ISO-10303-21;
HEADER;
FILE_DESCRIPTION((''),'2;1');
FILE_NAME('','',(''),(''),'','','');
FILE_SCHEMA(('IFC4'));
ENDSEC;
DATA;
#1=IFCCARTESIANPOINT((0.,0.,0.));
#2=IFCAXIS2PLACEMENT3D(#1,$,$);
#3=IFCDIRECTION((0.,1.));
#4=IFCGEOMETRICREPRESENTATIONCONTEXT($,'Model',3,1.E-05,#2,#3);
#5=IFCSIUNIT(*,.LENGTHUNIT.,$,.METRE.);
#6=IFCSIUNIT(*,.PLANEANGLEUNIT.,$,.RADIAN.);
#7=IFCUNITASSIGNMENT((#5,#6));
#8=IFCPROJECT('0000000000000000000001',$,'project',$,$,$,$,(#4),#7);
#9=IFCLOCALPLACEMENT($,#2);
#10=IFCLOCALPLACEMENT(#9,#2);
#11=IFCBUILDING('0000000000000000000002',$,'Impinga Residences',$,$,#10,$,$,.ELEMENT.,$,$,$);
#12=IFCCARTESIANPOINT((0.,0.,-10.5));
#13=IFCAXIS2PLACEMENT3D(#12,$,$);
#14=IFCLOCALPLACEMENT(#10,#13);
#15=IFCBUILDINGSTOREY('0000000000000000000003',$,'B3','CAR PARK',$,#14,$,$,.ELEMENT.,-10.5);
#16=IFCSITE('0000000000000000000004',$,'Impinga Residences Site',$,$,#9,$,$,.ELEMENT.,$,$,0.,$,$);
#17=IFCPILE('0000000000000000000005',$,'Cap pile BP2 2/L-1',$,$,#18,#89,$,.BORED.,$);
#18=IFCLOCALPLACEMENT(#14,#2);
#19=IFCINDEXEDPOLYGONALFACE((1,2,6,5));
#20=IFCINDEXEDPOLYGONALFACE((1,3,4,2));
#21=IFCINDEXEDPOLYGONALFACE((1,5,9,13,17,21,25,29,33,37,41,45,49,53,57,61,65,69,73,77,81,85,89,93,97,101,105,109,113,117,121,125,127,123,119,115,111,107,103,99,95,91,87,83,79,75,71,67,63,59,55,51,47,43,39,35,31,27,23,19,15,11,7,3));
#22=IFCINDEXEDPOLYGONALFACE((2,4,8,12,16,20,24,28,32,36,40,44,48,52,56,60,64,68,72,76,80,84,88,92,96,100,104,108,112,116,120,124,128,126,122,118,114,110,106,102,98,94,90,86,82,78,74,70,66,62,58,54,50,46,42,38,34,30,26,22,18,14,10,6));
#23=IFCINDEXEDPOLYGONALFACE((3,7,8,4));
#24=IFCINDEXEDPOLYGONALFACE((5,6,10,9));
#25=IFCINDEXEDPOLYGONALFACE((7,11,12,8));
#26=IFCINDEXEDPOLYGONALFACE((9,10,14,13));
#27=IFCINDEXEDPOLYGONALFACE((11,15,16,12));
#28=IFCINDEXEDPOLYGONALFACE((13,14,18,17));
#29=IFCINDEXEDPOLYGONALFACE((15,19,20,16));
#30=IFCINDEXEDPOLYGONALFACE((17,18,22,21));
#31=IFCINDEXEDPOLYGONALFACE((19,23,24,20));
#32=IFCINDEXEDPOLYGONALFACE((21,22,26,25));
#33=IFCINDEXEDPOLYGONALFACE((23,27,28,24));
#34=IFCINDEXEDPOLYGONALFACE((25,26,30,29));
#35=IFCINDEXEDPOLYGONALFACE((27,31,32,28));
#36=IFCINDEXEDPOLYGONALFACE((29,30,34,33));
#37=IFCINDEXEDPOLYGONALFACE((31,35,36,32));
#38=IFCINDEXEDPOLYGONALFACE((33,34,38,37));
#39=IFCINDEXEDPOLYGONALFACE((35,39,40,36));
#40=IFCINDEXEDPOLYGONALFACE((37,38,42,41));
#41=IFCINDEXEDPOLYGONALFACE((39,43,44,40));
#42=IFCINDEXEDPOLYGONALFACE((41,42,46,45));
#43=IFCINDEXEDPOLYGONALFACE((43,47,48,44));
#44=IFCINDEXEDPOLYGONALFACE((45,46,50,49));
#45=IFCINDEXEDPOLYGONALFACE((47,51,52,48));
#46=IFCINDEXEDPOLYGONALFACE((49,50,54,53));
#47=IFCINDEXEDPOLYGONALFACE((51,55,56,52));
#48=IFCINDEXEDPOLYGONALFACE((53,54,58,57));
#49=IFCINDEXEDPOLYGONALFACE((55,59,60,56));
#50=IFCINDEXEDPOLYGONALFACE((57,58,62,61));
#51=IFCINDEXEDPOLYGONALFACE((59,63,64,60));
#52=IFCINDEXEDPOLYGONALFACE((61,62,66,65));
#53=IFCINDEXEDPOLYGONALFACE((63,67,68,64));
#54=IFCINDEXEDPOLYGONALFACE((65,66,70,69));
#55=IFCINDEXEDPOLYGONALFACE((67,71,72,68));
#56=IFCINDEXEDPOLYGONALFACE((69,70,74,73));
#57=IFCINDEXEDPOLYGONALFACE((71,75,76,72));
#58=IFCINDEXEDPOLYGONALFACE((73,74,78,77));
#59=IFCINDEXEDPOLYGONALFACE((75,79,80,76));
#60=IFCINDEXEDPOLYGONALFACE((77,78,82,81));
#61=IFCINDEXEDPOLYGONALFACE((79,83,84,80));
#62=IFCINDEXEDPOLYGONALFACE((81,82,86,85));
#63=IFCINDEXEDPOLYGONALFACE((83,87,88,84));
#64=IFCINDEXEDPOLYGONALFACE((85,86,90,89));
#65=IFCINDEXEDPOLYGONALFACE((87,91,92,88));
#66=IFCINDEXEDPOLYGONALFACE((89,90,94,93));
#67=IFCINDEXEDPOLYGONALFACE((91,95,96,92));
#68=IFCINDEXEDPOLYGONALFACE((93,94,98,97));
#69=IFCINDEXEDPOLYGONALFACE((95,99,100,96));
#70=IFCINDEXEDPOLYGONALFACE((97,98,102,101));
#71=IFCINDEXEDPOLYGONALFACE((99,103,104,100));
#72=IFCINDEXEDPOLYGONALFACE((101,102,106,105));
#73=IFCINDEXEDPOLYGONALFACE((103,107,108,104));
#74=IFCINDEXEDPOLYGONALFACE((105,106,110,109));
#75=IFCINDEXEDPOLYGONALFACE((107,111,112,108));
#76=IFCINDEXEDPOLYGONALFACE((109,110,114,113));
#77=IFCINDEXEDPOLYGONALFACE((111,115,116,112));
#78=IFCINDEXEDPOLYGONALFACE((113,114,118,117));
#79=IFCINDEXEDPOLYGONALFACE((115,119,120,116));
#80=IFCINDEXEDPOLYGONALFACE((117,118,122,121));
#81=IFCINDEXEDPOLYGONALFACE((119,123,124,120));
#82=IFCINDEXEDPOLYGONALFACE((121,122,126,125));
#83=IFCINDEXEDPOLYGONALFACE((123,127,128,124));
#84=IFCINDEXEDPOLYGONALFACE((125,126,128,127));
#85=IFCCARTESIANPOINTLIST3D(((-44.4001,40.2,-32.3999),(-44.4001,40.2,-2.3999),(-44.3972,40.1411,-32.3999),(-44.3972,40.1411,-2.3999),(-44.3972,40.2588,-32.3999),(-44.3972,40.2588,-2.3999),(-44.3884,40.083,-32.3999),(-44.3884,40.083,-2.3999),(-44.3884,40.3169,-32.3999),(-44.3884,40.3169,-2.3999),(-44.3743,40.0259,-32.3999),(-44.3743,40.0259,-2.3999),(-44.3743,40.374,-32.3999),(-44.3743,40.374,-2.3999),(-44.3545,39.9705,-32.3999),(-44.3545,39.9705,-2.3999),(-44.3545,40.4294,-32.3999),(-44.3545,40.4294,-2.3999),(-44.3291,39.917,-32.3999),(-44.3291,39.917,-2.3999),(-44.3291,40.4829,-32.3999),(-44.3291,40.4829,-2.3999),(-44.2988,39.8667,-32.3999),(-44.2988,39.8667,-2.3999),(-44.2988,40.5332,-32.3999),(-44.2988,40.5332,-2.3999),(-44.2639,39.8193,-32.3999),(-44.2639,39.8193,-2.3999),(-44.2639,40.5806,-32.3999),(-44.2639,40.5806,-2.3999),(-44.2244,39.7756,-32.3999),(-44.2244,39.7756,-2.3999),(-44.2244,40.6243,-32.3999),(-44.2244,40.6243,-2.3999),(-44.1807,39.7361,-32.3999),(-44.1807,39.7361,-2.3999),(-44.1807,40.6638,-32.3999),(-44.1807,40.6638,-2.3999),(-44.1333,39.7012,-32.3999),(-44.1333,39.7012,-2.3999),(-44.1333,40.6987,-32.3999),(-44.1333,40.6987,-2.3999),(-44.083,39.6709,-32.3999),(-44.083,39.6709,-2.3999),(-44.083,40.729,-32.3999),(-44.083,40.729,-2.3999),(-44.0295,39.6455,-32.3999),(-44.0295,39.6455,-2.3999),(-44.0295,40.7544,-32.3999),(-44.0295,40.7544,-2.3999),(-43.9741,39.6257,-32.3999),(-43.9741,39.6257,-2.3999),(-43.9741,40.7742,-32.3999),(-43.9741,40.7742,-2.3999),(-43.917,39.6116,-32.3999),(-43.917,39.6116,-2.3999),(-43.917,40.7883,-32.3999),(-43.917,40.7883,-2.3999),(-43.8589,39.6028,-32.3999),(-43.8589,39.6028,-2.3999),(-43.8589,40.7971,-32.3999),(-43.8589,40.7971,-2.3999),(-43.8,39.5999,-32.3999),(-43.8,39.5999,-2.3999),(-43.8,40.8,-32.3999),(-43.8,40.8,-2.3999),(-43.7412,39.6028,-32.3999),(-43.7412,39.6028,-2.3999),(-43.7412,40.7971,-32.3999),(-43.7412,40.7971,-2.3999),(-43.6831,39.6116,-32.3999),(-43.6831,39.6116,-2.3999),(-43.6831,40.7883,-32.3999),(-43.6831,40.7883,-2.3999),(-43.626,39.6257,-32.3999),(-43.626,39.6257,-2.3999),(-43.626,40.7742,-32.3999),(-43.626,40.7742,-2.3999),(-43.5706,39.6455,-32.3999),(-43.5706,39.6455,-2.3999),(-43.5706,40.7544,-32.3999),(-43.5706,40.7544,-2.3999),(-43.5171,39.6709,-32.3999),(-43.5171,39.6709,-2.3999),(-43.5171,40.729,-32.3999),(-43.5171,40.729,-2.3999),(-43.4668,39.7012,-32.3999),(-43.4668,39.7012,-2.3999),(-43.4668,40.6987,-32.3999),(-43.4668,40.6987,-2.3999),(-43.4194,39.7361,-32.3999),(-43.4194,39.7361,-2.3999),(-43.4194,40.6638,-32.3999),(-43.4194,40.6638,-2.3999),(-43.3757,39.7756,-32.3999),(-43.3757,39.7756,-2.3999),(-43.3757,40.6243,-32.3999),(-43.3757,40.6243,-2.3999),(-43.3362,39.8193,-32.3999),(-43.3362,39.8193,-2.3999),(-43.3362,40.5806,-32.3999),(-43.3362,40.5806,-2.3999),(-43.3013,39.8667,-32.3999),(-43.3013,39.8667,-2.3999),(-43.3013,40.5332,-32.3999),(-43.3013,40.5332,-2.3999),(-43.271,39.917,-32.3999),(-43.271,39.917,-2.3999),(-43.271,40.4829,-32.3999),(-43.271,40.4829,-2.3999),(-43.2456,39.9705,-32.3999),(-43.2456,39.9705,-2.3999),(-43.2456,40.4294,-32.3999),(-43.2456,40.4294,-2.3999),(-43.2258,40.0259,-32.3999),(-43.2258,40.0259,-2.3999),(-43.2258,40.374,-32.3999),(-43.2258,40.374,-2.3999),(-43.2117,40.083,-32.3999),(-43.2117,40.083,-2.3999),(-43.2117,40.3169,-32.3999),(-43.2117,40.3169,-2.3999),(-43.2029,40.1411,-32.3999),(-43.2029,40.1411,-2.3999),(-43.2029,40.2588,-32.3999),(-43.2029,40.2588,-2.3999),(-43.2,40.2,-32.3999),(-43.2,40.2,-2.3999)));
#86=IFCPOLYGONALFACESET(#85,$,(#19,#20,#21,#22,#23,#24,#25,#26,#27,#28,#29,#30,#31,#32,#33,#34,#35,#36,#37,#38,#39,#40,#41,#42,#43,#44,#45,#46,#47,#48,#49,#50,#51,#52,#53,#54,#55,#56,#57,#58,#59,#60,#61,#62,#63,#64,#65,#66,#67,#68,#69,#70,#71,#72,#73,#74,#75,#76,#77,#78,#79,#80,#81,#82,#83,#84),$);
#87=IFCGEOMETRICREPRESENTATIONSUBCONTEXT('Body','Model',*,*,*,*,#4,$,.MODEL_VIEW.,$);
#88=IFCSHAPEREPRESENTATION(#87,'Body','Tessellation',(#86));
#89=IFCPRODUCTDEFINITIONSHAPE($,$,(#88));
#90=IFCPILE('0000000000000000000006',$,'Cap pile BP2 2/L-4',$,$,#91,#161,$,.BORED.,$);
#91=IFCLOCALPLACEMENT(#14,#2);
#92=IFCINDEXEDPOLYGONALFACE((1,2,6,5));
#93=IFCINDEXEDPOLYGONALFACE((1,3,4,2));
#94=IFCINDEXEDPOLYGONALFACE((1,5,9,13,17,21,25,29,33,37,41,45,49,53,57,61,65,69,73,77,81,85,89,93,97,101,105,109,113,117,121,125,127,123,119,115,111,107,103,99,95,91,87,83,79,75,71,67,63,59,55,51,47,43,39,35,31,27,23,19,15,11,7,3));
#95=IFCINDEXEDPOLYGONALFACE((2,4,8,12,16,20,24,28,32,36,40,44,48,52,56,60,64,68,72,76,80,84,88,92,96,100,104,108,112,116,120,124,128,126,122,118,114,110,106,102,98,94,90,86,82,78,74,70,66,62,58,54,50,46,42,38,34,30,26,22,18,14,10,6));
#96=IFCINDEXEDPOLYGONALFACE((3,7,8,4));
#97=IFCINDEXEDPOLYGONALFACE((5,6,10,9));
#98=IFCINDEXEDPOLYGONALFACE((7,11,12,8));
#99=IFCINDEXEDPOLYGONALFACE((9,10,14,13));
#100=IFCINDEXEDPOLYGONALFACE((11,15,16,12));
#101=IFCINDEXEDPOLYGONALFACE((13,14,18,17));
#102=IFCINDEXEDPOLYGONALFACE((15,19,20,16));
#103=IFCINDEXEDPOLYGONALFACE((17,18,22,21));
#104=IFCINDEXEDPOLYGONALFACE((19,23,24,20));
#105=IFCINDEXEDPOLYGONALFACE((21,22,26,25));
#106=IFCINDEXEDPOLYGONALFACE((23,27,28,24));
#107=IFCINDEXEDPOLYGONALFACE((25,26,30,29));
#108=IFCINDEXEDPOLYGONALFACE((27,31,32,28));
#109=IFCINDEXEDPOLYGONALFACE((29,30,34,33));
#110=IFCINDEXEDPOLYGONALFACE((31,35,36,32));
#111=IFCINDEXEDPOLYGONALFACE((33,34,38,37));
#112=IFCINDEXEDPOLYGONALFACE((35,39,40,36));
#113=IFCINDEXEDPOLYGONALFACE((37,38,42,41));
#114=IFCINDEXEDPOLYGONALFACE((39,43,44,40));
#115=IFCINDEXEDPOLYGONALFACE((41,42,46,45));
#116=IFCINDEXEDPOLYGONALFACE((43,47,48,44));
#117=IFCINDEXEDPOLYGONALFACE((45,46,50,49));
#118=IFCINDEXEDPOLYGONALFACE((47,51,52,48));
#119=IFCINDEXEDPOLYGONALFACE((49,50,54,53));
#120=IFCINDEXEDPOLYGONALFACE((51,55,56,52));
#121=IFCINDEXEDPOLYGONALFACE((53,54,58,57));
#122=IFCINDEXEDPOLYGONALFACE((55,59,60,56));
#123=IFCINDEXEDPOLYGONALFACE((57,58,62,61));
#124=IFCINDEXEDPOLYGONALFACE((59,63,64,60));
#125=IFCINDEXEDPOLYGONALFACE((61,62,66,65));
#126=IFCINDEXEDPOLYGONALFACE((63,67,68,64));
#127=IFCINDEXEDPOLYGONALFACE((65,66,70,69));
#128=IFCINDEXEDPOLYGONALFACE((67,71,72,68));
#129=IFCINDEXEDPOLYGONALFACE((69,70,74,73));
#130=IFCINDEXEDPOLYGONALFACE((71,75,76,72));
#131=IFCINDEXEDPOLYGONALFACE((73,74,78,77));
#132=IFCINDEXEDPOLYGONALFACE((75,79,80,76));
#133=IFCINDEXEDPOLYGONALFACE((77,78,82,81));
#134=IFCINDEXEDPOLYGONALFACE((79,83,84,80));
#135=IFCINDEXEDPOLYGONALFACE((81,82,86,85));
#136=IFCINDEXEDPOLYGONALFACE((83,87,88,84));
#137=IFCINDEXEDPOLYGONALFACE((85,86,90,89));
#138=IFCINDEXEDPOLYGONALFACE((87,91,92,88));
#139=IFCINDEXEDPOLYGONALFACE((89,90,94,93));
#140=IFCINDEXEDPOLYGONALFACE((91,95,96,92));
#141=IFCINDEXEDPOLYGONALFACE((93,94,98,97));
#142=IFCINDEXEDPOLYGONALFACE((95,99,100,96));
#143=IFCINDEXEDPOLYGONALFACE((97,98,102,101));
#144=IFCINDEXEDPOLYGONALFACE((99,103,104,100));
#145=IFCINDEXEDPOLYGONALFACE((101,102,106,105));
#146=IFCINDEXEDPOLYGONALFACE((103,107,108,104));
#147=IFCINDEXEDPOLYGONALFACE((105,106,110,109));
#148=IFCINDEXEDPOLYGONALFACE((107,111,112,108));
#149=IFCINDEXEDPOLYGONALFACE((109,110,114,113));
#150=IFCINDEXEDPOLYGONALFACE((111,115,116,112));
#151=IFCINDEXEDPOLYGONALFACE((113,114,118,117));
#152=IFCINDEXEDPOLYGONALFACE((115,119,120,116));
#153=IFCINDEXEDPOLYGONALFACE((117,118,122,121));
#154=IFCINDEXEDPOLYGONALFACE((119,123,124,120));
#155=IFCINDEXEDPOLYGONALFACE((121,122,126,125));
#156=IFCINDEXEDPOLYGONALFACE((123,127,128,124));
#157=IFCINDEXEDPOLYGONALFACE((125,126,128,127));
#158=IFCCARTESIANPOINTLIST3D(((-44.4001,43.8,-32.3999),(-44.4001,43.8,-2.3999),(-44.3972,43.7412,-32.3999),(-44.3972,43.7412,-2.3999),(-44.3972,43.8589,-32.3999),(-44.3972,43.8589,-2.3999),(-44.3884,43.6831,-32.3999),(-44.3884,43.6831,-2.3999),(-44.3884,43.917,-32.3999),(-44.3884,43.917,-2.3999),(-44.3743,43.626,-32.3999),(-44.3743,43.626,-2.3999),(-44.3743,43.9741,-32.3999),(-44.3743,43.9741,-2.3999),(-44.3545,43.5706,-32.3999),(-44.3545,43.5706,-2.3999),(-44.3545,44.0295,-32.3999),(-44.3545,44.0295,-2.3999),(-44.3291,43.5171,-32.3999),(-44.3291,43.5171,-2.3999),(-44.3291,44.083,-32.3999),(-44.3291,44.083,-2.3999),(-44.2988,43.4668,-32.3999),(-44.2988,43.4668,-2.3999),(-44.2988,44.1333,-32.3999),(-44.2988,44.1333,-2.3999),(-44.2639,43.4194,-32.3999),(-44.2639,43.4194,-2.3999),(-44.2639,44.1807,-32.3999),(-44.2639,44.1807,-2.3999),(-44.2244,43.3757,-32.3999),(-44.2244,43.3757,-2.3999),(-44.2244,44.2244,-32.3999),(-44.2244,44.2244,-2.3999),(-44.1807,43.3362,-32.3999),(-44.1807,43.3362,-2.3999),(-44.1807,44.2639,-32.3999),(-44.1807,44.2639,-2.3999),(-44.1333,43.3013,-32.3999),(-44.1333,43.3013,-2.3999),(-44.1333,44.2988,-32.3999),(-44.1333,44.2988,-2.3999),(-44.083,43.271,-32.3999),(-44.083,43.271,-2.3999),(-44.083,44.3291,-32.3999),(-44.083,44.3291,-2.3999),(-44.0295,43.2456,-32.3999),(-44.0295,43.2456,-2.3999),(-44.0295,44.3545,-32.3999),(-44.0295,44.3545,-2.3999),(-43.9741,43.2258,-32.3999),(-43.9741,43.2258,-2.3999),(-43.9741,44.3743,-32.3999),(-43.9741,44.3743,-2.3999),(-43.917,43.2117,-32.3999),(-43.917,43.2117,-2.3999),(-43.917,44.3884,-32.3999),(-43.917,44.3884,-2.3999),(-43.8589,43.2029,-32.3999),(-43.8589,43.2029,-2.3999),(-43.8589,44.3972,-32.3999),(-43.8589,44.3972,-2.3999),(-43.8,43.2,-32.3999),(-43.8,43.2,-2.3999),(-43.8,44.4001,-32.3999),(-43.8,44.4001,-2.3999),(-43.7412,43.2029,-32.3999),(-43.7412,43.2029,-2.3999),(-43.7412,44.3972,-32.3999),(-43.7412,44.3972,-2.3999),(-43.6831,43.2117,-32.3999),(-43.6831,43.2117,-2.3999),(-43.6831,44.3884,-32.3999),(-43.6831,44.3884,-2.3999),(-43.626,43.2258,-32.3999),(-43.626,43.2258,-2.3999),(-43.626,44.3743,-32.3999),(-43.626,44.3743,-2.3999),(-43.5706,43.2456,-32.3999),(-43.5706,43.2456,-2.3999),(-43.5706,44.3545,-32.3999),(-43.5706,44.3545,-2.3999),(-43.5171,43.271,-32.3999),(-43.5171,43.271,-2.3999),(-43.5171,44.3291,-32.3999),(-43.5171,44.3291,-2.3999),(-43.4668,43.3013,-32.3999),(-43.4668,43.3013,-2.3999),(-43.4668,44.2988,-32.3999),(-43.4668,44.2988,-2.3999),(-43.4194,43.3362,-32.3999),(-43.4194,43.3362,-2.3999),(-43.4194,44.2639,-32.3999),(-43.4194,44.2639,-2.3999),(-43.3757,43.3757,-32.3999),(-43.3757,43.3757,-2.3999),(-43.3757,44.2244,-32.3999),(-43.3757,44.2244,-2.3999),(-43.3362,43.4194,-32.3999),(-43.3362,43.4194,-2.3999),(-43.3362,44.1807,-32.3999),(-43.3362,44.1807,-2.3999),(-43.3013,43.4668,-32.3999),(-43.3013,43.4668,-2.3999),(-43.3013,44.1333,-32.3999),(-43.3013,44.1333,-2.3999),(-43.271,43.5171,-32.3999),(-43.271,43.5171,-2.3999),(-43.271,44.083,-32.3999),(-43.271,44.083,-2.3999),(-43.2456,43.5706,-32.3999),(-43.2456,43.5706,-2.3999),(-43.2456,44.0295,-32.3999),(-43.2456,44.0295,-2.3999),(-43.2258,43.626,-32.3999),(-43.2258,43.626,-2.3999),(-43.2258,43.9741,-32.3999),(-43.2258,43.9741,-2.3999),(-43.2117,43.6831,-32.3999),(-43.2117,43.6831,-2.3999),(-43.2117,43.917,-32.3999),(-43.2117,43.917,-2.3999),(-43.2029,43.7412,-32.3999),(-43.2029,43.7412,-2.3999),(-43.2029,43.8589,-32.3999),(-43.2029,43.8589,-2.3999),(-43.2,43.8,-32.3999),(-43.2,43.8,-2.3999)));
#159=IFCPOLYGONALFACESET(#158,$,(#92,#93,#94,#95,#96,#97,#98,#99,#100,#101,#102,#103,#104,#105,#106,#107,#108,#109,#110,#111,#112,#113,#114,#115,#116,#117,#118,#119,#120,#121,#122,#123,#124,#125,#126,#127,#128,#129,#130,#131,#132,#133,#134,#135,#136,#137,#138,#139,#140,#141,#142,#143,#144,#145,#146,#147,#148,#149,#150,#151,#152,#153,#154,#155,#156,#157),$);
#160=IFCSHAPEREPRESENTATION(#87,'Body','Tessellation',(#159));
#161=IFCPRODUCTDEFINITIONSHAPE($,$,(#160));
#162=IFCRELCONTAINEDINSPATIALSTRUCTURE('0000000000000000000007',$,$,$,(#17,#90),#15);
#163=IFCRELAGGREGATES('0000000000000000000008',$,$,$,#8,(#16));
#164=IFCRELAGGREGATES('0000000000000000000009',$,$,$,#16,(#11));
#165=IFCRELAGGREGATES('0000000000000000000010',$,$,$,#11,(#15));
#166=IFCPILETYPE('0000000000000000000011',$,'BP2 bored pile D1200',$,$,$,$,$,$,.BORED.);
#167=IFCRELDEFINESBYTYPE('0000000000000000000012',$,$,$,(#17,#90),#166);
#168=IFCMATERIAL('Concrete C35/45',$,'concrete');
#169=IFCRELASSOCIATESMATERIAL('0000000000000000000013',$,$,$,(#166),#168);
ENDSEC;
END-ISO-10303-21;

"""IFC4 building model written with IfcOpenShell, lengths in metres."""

from ifc_helpers import new_model, si_unit, direction, frame, origin, origin_2d, place, context, subcontext, project, spatial, polyline, circle, outline, extrude, material, material_profile, profile_set, type_object, element, save


model = new_model("IFC4")

# Units and contexts
model_context = context("Model", 3, precision=1e-05, world=origin(), true_north=direction((0.0, 1.0)))
body_context = subcontext(model_context, "Body", "Model", "MODEL_VIEW")
ifc_project = project(units=[si_unit("LENGTHUNIT", "METRE"), si_unit("PLANEANGLEUNIT", "RADIAN")], contexts=[model_context])

# Site, building, storey
site_placement = place(None, origin())
site = spatial("IfcSite", under=ifc_project, at=site_placement, Name="Impinga Residences Site", CompositionType="ELEMENT", RefElevation=0.0)
building_placement = place(site_placement, origin())
building = spatial("IfcBuilding", under=site, at=building_placement, Name="Impinga Residences", CompositionType="ELEMENT")
storey_placement = place(building_placement, frame((0.0, 0.0, -10.5)))
storey = spatial("IfcBuildingStorey", under=building, at=storey_placement, Name="B3", Description="CAR PARK", CompositionType="ELEMENT", Elevation=-10.5)

# Piles
ifc_material_1 = material(Name="Concrete C35/45", Category="concrete")
ifc_material_profile_1 = material_profile(ifc_material_1, circle(Radius=0.6001, at=origin_2d()), Name="D1200")
ifc_profile_set_1 = profile_set([ifc_material_profile_1], Name="Concrete C35/45")
pile_type = type_object("IfcPileType", Name="BP2 bored pile D1200", PredefinedType="BORED", material=ifc_profile_set_1)
pile_1_placement = place(storey_placement, frame((-43.8, 40.2, -2.3999), z_axis=(0.0, 0.0, -1.0), x_axis=(1.0, 0.0, 0.0)))
element("IfcPile", 1, at=pile_1_placement, inside=storey, type_object=pile_type, Name="Cap pile BP2 2/L-1", PredefinedType="BORED", context=body_context, shape_type="SweptSolid", body=[
    extrude(outline(polyline([(0.6001, 0.0), (0.5972, 0.0588), (0.5884, 0.1169), (0.5742, 0.1741), (0.5544, 0.2295), (0.5291, 0.283), (0.4988, 0.3333), (0.4639, 0.3806), (0.4243, 0.4243), (0.3806, 0.4639), (0.3333, 0.4988), (0.283, 0.5291), (0.2295, 0.5544), (0.1741, 0.5742), (0.1169, 0.5884), (0.0588, 0.5972), (0.0, 0.6001), (-0.0588, 0.5972), (-0.1169, 0.5884), (-0.1741, 0.5742), (-0.2295, 0.5544), (-0.283, 0.5291), (-0.3333, 0.4988), (-0.3806, 0.4639), (-0.4243, 0.4243), (-0.4639, 0.3806), (-0.4988, 0.3333), (-0.5291, 0.283), (-0.5544, 0.2295), (-0.5742, 0.1741), (-0.5884, 0.1169), (-0.5972, 0.0588), (-0.6001, 0.0), (-0.5972, -0.0588), (-0.5884, -0.1169), (-0.5742, -0.1741), (-0.5544, -0.2295), (-0.5291, -0.283), (-0.4988, -0.3333), (-0.4639, -0.3806), (-0.4243, -0.4243), (-0.3806, -0.4639), (-0.3333, -0.4988), (-0.283, -0.5291), (-0.2295, -0.5544), (-0.1741, -0.5742), (-0.1169, -0.5884), (-0.0588, -0.5972), (0.0, -0.6001), (0.0588, -0.5972), (0.1169, -0.5884), (0.1741, -0.5742), (0.2295, -0.5544), (0.283, -0.5291), (0.3333, -0.4988), (0.3806, -0.4639), (0.4243, -0.4243), (0.4639, -0.3806), (0.4988, -0.3333), (0.5291, -0.283), (0.5544, -0.2295), (0.5742, -0.1741), (0.5884, -0.1169), (0.5972, -0.0588), (0.6001, 0.0)])), origin(), (0.0, 0.0, 1.0), 30.0),
])
pile_2_placement = place(storey_placement, frame((-43.8, 43.8, -2.3999), z_axis=(0.0, 0.0, -1.0), x_axis=(1.0, 0.0, 0.0)))
element("IfcPile", 2, at=pile_2_placement, inside=storey, type_object=pile_type, Name="Cap pile BP2 2/L-4", PredefinedType="BORED", context=body_context, shape_type="SweptSolid", body=[
    extrude(outline(polyline([(0.6001, 0.0), (0.5972, 0.0588), (0.5884, 0.1169), (0.5742, 0.1741), (0.5544, 0.2295), (0.5291, 0.283), (0.4988, 0.3333), (0.4639, 0.3806), (0.4243, 0.4243), (0.3806, 0.4639), (0.3333, 0.4988), (0.283, 0.5291), (0.2295, 0.5544), (0.1741, 0.5742), (0.1169, 0.5884), (0.0588, 0.5972), (0.0, 0.6001), (-0.0588, 0.5972), (-0.1169, 0.5884), (-0.1741, 0.5742), (-0.2295, 0.5544), (-0.283, 0.5291), (-0.3333, 0.4988), (-0.3806, 0.4639), (-0.4243, 0.4243), (-0.4639, 0.3806), (-0.4988, 0.3333), (-0.5291, 0.283), (-0.5544, 0.2295), (-0.5742, 0.1741), (-0.5884, 0.1169), (-0.5972, 0.0588), (-0.6001, 0.0), (-0.5972, -0.0588), (-0.5884, -0.1169), (-0.5742, -0.1741), (-0.5544, -0.2295), (-0.5291, -0.283), (-0.4988, -0.3333), (-0.4639, -0.3806), (-0.4243, -0.4243), (-0.3806, -0.4639), (-0.3333, -0.4988), (-0.283, -0.5291), (-0.2295, -0.5544), (-0.1741, -0.5742), (-0.1169, -0.5884), (-0.0588, -0.5972), (0.0, -0.6001), (0.0588, -0.5972), (0.1169, -0.5884), (0.1741, -0.5742), (0.2295, -0.5544), (0.283, -0.5291), (0.3333, -0.4988), (0.3806, -0.4639), (0.4243, -0.4243), (0.4639, -0.3806), (0.4988, -0.3333), (0.5291, -0.283), (0.5544, -0.2295), (0.5742, -0.1741), (0.5884, -0.1169), (0.5972, -0.0588), (0.6001, 0.0)])), origin(), (0.0, 0.0, 1.0), 30.0),
])

save(model, "model.ifc")
